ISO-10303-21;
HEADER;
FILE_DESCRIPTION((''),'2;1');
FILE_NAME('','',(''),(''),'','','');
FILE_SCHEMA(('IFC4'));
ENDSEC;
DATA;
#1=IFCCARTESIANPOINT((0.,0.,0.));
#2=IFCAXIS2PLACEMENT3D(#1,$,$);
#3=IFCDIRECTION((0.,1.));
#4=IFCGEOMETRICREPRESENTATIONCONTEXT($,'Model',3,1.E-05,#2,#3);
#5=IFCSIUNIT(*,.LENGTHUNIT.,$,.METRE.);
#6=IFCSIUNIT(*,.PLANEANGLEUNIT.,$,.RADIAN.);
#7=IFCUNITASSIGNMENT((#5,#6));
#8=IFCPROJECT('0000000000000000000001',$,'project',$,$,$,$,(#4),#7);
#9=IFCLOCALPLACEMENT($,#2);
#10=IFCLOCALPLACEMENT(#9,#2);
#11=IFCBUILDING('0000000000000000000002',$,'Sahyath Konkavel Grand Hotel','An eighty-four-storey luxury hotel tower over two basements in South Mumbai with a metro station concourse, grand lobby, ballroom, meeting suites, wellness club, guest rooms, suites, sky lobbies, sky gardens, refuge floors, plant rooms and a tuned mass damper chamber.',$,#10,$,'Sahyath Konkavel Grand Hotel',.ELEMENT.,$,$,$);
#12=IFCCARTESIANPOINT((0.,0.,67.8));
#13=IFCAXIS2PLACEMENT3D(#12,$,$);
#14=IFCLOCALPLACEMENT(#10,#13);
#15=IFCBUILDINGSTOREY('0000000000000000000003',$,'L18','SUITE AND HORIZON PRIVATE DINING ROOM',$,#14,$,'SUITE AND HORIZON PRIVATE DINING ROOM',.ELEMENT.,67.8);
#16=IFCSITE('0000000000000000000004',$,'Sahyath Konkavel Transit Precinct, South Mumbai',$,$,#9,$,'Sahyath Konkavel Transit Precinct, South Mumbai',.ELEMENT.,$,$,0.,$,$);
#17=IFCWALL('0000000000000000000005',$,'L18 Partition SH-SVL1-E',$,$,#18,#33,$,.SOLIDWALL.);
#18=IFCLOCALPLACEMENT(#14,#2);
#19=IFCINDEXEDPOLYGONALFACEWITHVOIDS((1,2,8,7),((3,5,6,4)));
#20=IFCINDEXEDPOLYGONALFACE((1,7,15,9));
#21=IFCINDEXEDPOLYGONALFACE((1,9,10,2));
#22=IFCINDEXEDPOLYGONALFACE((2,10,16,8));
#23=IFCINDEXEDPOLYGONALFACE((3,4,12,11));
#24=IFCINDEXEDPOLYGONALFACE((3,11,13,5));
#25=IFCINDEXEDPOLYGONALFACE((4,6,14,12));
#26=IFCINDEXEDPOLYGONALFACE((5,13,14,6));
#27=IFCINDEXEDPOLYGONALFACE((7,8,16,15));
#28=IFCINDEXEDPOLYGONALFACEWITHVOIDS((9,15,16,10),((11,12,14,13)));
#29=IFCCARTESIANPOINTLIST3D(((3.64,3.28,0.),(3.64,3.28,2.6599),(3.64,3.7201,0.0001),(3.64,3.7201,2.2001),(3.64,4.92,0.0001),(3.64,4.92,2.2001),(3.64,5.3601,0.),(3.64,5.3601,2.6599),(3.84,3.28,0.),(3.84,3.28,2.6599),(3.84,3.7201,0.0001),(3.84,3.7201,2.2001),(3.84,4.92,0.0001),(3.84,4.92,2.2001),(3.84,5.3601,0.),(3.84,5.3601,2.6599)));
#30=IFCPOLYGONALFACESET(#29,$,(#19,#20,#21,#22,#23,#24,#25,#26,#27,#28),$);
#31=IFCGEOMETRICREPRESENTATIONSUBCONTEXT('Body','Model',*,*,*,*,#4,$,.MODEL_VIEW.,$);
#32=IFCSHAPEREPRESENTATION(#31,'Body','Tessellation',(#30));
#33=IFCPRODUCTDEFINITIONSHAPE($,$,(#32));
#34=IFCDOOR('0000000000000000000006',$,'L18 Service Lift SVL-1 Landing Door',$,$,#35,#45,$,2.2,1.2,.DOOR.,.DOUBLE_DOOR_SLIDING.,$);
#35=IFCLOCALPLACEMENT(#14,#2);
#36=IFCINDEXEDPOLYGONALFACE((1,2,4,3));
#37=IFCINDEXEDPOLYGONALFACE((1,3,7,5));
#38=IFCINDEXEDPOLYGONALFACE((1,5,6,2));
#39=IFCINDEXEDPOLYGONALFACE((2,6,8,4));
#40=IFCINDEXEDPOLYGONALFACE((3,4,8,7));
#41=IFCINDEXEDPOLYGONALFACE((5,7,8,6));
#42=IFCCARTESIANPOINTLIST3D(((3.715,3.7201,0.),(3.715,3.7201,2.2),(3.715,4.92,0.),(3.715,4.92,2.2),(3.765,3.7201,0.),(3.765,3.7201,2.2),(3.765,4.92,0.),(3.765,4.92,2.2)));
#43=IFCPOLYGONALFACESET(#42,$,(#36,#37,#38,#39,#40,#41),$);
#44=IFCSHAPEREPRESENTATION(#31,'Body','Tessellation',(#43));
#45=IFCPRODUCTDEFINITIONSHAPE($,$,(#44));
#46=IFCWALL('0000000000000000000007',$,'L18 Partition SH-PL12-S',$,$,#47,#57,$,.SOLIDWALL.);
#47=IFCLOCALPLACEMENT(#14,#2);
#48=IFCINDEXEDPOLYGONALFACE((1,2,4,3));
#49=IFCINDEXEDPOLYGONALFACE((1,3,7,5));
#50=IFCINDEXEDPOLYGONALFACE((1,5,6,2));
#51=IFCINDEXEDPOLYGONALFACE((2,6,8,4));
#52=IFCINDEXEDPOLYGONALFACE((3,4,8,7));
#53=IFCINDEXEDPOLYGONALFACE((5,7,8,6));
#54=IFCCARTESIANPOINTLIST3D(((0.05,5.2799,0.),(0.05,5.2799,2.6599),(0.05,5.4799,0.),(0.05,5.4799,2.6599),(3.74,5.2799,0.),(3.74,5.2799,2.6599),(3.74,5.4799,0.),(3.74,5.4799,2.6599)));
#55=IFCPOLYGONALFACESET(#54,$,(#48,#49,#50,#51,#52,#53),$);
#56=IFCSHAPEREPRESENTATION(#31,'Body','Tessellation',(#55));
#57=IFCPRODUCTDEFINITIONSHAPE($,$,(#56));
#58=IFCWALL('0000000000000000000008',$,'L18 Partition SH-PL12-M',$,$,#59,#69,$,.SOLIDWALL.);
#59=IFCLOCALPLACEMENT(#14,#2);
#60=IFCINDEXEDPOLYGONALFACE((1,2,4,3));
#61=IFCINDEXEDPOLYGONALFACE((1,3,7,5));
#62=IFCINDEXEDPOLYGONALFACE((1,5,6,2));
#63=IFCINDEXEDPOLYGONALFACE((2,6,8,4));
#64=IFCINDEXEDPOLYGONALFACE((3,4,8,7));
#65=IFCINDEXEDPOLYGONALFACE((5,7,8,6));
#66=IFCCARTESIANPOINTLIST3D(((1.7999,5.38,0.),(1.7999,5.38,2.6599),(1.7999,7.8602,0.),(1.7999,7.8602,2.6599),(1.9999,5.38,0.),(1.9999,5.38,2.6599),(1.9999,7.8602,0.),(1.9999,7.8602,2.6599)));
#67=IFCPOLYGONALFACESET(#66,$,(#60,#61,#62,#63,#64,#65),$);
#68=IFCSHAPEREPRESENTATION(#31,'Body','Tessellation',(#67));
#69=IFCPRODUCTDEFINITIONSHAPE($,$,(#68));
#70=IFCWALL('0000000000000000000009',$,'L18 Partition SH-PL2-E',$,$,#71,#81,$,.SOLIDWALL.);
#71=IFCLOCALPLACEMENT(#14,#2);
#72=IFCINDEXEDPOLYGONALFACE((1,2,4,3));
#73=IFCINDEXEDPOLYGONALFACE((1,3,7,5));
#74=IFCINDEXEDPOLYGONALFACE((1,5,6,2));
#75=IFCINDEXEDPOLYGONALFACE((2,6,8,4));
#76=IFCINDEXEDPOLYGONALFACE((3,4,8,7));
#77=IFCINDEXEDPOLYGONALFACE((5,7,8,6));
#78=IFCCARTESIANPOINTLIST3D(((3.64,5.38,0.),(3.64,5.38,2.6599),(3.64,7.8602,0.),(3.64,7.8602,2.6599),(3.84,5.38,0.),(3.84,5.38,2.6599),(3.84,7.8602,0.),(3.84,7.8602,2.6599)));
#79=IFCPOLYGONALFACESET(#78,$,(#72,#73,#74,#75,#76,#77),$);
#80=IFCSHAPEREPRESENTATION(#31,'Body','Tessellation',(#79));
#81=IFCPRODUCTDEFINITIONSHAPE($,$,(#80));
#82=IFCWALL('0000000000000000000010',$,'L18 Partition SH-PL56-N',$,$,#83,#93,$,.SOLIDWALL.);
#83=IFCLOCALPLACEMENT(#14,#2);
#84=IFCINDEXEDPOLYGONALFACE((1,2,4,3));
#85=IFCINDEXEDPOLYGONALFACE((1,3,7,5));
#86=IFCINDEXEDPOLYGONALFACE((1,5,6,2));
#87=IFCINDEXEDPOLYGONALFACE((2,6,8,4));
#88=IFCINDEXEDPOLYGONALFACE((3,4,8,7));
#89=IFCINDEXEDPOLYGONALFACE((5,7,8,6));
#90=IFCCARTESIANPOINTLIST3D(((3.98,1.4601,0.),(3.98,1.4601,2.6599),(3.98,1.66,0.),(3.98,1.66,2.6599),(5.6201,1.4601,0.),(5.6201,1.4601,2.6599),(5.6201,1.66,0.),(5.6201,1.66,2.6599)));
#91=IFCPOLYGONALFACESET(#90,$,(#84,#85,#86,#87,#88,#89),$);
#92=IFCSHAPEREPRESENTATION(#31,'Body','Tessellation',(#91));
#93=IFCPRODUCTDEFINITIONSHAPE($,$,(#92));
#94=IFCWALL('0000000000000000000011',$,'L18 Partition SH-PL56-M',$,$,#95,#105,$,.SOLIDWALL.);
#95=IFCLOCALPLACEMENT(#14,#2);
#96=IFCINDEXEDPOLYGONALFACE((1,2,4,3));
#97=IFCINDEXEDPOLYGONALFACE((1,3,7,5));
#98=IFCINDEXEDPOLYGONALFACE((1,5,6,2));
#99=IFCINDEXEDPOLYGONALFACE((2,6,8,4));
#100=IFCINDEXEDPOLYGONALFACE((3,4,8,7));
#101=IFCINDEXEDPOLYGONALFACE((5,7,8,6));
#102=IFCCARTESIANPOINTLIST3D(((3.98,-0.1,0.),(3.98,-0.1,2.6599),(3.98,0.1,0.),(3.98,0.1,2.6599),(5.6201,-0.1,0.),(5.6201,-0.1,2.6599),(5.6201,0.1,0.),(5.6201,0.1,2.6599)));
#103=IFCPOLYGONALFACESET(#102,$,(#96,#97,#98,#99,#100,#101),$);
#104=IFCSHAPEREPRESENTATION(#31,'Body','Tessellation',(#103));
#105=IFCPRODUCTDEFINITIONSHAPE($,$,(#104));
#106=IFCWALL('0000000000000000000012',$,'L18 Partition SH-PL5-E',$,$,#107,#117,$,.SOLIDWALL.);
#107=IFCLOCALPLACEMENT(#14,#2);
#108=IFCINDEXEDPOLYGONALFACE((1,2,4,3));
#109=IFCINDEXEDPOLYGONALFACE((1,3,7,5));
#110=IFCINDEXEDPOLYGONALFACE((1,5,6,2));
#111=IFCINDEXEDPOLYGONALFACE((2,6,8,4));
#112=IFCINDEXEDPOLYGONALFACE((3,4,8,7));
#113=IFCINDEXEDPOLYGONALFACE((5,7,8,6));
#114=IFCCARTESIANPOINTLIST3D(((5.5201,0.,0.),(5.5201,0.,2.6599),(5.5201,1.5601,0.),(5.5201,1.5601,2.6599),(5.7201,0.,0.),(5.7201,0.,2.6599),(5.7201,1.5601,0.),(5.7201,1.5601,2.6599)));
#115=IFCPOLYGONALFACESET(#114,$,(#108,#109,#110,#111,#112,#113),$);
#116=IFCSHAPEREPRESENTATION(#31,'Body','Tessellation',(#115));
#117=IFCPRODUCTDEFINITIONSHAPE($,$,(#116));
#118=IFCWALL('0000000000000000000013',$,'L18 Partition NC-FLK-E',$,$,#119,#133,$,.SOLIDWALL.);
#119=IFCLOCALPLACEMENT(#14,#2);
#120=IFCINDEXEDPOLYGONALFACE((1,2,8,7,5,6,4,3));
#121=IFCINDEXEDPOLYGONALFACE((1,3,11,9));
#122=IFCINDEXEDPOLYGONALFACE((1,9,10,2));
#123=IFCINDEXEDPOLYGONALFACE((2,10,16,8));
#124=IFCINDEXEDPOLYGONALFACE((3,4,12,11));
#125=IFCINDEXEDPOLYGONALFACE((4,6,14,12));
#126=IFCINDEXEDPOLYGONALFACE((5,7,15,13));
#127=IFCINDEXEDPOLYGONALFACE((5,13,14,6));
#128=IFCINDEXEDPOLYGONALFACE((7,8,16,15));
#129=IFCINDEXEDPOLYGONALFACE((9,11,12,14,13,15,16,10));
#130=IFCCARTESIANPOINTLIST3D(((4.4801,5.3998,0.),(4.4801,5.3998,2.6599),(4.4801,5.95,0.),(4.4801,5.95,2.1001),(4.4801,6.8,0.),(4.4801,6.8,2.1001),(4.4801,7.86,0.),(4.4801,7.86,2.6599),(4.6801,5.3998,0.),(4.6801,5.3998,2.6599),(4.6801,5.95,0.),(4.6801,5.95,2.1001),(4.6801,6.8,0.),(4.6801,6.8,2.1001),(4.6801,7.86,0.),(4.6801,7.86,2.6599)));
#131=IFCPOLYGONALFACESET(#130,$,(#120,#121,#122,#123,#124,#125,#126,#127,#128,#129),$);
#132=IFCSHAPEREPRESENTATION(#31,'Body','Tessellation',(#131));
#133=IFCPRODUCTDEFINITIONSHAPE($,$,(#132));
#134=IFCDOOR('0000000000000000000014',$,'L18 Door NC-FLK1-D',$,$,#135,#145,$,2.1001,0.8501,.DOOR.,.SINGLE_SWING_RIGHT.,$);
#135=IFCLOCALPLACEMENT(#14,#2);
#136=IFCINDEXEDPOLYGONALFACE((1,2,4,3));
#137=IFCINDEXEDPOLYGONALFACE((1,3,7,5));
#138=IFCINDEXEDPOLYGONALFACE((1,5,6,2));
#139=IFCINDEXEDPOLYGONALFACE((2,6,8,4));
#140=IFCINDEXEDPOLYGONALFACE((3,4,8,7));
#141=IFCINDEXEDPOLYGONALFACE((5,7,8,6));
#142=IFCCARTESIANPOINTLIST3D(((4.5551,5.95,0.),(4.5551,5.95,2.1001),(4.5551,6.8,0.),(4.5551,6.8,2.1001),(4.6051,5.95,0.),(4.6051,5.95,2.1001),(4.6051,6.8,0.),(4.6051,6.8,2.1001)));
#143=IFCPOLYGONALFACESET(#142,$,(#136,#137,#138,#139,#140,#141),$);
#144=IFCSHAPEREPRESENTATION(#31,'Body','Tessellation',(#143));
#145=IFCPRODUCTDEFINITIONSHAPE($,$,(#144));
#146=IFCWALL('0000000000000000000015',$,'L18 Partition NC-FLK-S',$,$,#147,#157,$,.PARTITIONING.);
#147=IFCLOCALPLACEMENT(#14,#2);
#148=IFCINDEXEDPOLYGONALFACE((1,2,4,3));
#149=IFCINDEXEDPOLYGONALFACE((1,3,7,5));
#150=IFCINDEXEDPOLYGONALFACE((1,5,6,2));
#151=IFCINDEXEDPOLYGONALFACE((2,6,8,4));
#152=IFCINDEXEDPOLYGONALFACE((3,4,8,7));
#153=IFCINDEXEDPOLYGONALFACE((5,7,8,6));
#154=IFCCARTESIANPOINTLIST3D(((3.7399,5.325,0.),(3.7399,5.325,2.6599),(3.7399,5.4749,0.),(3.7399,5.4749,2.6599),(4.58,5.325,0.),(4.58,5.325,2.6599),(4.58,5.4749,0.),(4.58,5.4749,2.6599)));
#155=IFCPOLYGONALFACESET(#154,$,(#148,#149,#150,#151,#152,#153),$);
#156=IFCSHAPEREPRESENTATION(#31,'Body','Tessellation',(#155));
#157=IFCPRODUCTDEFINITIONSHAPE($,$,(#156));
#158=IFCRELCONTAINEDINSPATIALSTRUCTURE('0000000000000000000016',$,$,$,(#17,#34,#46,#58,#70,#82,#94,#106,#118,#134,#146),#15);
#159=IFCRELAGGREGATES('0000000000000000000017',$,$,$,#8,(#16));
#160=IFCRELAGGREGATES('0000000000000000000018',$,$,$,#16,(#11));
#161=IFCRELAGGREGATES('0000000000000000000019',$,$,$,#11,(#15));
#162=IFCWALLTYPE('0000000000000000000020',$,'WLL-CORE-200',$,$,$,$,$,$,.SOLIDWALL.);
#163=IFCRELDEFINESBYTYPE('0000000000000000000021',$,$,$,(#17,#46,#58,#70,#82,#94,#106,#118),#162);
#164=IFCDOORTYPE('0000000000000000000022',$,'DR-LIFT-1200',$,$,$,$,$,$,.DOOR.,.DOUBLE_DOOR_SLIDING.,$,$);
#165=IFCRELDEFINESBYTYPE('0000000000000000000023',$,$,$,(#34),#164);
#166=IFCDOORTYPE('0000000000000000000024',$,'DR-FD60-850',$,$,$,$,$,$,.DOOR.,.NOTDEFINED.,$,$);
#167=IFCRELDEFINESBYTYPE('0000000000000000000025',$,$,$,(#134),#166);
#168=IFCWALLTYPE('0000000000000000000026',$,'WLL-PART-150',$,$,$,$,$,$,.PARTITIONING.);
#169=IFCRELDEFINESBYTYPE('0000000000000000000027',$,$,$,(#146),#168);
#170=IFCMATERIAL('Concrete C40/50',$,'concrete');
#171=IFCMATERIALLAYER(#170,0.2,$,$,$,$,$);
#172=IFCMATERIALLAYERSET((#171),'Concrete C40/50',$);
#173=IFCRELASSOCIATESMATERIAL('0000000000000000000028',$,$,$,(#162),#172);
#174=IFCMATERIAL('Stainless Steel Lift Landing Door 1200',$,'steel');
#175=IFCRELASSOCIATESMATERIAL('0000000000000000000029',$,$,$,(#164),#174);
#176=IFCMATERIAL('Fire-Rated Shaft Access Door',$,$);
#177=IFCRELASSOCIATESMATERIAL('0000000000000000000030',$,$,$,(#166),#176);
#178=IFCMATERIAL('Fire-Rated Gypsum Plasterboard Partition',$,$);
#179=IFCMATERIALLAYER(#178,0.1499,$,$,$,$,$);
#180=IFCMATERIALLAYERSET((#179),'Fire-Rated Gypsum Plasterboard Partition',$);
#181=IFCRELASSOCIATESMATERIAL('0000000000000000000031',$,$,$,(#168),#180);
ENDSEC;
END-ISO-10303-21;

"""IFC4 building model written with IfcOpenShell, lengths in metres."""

from ifc_helpers import new_model, si_unit, direction, frame, frame_2d, origin, origin_2d, place, context, subcontext, project, spatial, rectangle, extrude, source, transform, mapped, material, layer, layer_set, type_object, element, fill, save


model = new_model("IFC4")

# Units and contexts
model_context = context("Model", 3, precision=1e-05, world=origin(), true_north=direction((0.0, 1.0)))
body_context = subcontext(model_context, "Body", "Model", "MODEL_VIEW")
ifc_project = project(units=[si_unit("LENGTHUNIT", "METRE"), si_unit("PLANEANGLEUNIT", "RADIAN")], contexts=[model_context])

# Site, building, storey
site_placement = place(None, origin())
site = spatial("IfcSite", under=ifc_project, at=site_placement, Name="Sahyath Konkavel Transit Precinct, South Mumbai", LongName="Sahyath Konkavel Transit Precinct, South Mumbai", CompositionType="ELEMENT", RefElevation=0.0)
building_placement = place(site_placement, origin())
building = spatial("IfcBuilding", under=site, at=building_placement, Name="Sahyath Konkavel Grand Hotel", Description="An eighty-four-storey luxury hotel tower over two basements in South Mumbai with a metro station concourse, grand lobby, ballroom, meeting suites, wellness club, guest rooms, suites, sky lobbies, sky gardens, refuge floors, plant rooms and a tuned mass damper chamber.", LongName="Sahyath Konkavel Grand Hotel", CompositionType="ELEMENT")
storey_placement = place(building_placement, frame((0.0, 0.0, 67.8)))
storey = spatial("IfcBuildingStorey", under=building, at=storey_placement, Name="L18", Description="SUITE AND HORIZON PRIVATE DINING ROOM", LongName="SUITE AND HORIZON PRIVATE DINING ROOM", CompositionType="ELEMENT", Elevation=67.8)

# Shared definitions
ifc_material_1 = material(Name="Concrete C40/50", Category="concrete")

# Shared definitions
ifc_layer_1 = layer(ifc_material_1, 0.2)
ifc_layer_set_1 = layer_set([ifc_layer_1], Name="Concrete C40/50")
wall_type_1 = type_object("IfcWallType", Name="WLL-CORE-200", PredefinedType="SOLIDWALL", material=ifc_layer_set_1)

# Wall, opening, door
wall_1_placement = place(storey_placement, frame((3.74, 3.28, 0.0), z_axis=(0.0, 0.0, 1.0), x_axis=(0.0, 1.0, 0.0)))
wall_1 = element("IfcWall", 1, at=wall_1_placement, inside=storey, type_object=wall_type_1, Name="L18 Partition SH-SVL1-E", PredefinedType="SOLIDWALL", context=body_context, shape_type="SweptSolid", body=[
    extrude(rectangle(XDim=2.0801, YDim=0.2, at=frame_2d((1.04, 0.0))), origin(), (0.0, 0.0, 1.0), 2.6599),
])
opening_1_placement = place(wall_1_placement, frame((0.4399, 0.0, 0.0)))
opening_1 = element("IfcOpeningElement", 2, at=opening_1_placement, cuts=wall_1, PredefinedType="OPENING", context=body_context, shape_type="SweptSolid", body=[
    extrude(rectangle(XDim=1.2, YDim=2.2, at=frame_2d((0.6001, 1.1001))), frame((0.0, 0.1099, 0.0), z_axis=(0.0, -1.0, 0.0), x_axis=(1.0, 0.0, 0.0)), (0.0, 0.0, 1.0), 0.22),
])
ifc_material_2 = material(Name="Stainless Steel Lift Landing Door 1200", Category="steel")
door_type_1 = type_object("IfcDoorType", Name="DR-LIFT-1200", OperationType="DOUBLE_DOOR_SLIDING", PredefinedType="DOOR", material=ifc_material_2)
shared_shape_1 = source(origin(), body_context, "Body", "SweptSolid", [
    extrude(rectangle(XDim=1.2, YDim=0.05, at=origin_2d()), origin(), (0.0, 0.0, 1.0), 2.2),
])
door_1_placement = place(opening_1_placement, frame((0.6001, 0.0, 0.0)))
door_1 = element("IfcDoor", 3, at=door_1_placement, inside=storey, type_object=door_type_1, Name="L18 Service Lift SVL-1 Landing Door", OperationType="DOUBLE_DOOR_SLIDING", OverallHeight=2.2, OverallWidth=1.2, PredefinedType="DOOR", context=body_context, shape_type="MappedRepresentation", body=[
    mapped(shared_shape_1, transform((0.0, 0.0, 0.0), scale=1.0)),
])
fill(opening_1, door_1)

# Walls
wall_2_placement = place(storey_placement, frame((0.05, 5.3799, 0.0), z_axis=(0.0, 0.0, 1.0), x_axis=(1.0, 0.0, 0.0)))
element("IfcWall", 4, at=wall_2_placement, inside=storey, type_object=wall_type_1, Name="L18 Partition SH-PL12-S", PredefinedType="SOLIDWALL", context=body_context, shape_type="SweptSolid", body=[
    extrude(rectangle(XDim=3.6899, YDim=0.2, at=frame_2d((1.845, 0.0))), origin(), (0.0, 0.0, 1.0), 2.6599),
])
for number, where, z_axis, x_axis, name in (
    (5, (1.8999, 5.3799, 0.0), (0.0, 0.0, 1.0), (0.0, 1.0, 0.0), "L18 Partition SH-PL12-M"),
    (6, (3.74, 5.3799, 0.0), (0.0, 0.0, 1.0), (0.0, 1.0, 0.0), "L18 Partition SH-PL2-E"),
):
    element("IfcWall", number, at=place(storey_placement, frame(where, z_axis=z_axis, x_axis=x_axis)), inside=storey, type_object=wall_type_1, Name=name, PredefinedType="SOLIDWALL", context=body_context, shape_type="SweptSolid", body=[
        extrude(rectangle(XDim=2.4802, YDim=0.2, at=frame_2d((1.2402, 0.0))), origin(), (0.0, 0.0, 1.0), 2.6599),
    ])
for number, where, z_axis, x_axis, name in (
    (7, (3.98, 1.5601, 0.0), (0.0, 0.0, 1.0), (1.0, 0.0, 0.0), "L18 Partition SH-PL56-N"),
    (8, (3.98, 0.0, 0.0), (0.0, 0.0, 1.0), (1.0, 0.0, 0.0), "L18 Partition SH-PL56-M"),
):
    element("IfcWall", number, at=place(storey_placement, frame(where, z_axis=z_axis, x_axis=x_axis)), inside=storey, type_object=wall_type_1, Name=name, PredefinedType="SOLIDWALL", context=body_context, shape_type="SweptSolid", body=[
        extrude(rectangle(XDim=1.6401, YDim=0.2, at=frame_2d((0.8201, 0.0))), origin(), (0.0, 0.0, 1.0), 2.6599),
    ])
wall_3_placement = place(storey_placement, frame((5.6201, 0.0, 0.0), z_axis=(0.0, 0.0, 1.0), x_axis=(0.0, 1.0, 0.0)))
element("IfcWall", 9, at=wall_3_placement, inside=storey, type_object=wall_type_1, Name="L18 Partition SH-PL5-E", PredefinedType="SOLIDWALL", context=body_context, shape_type="SweptSolid", body=[
    extrude(rectangle(XDim=1.5601, YDim=0.2, at=frame_2d((0.78, 0.0))), origin(), (0.0, 0.0, 1.0), 2.6599),
])

# Wall, opening, door
wall_4_placement = place(storey_placement, frame((4.5801, 5.3999, 0.0), z_axis=(0.0, 0.0, 1.0), x_axis=(0.0, 1.0, 0.0)))
wall_4 = element("IfcWall", 10, at=wall_4_placement, inside=storey, type_object=wall_type_1, Name="L18 Partition NC-FLK-E", PredefinedType="SOLIDWALL", context=body_context, shape_type="SweptSolid", body=[
    extrude(rectangle(XDim=2.4602, YDim=0.2, at=frame_2d((1.23, 0.0))), origin(), (0.0, 0.0, 1.0), 2.6599),
])
opening_2_placement = place(wall_4_placement, frame((0.55, 0.0, 0.0)))
opening_2 = element("IfcOpeningElement", 11, at=opening_2_placement, cuts=wall_4, PredefinedType="OPENING", context=body_context, shape_type="SweptSolid", body=[
    extrude(rectangle(XDim=0.8501, YDim=2.1001, at=frame_2d((0.425, 1.05))), frame((0.0, 0.1099, 0.0), z_axis=(0.0, -1.0, 0.0), x_axis=(1.0, 0.0, 0.0)), (0.0, 0.0, 1.0), 0.22),
])
ifc_material_3 = material(Name="Fire-Rated Shaft Access Door")
door_type_2 = type_object("IfcDoorType", Name="DR-FD60-850", OperationType="NOTDEFINED", PredefinedType="DOOR", material=ifc_material_3)
shared_shape_2 = source(origin(), body_context, "Body", "SweptSolid", [
    extrude(rectangle(XDim=0.8501, YDim=0.05, at=origin_2d()), origin(), (0.0, 0.0, 1.0), 2.1001),
])
door_2_placement = place(opening_2_placement, frame((0.425, 0.0, 0.0)))
door_2 = element("IfcDoor", 12, at=door_2_placement, inside=storey, type_object=door_type_2, Name="L18 Door NC-FLK1-D", OperationType="SINGLE_SWING_RIGHT", OverallHeight=2.1001, OverallWidth=0.8501, PredefinedType="DOOR", context=body_context, shape_type="MappedRepresentation", body=[
    mapped(shared_shape_2, transform((0.0, 0.0, 0.0), scale=1.0)),
])
fill(opening_2, door_2)

# Wall
ifc_material_4 = material(Name="Fire-Rated Gypsum Plasterboard Partition")
ifc_layer_2 = layer(ifc_material_4, 0.1499)
ifc_layer_set_2 = layer_set([ifc_layer_2], Name="Fire-Rated Gypsum Plasterboard Partition")
wall_type_2 = type_object("IfcWallType", Name="WLL-PART-150", PredefinedType="PARTITIONING", material=ifc_layer_set_2)
wall_5_placement = place(storey_placement, frame((3.74, 5.3999, 0.0), z_axis=(0.0, 0.0, 1.0), x_axis=(1.0, 0.0, 0.0)))
element("IfcWall", 13, at=wall_5_placement, inside=storey, type_object=wall_type_2, Name="L18 Partition NC-FLK-S", PredefinedType="PARTITIONING", context=body_context, shape_type="SweptSolid", body=[
    extrude(rectangle(XDim=0.8401, YDim=0.1499, at=frame_2d((0.4199, 0.0))), origin(), (0.0, 0.0, 1.0), 2.6599),
])

save(model, "model.ifc")
